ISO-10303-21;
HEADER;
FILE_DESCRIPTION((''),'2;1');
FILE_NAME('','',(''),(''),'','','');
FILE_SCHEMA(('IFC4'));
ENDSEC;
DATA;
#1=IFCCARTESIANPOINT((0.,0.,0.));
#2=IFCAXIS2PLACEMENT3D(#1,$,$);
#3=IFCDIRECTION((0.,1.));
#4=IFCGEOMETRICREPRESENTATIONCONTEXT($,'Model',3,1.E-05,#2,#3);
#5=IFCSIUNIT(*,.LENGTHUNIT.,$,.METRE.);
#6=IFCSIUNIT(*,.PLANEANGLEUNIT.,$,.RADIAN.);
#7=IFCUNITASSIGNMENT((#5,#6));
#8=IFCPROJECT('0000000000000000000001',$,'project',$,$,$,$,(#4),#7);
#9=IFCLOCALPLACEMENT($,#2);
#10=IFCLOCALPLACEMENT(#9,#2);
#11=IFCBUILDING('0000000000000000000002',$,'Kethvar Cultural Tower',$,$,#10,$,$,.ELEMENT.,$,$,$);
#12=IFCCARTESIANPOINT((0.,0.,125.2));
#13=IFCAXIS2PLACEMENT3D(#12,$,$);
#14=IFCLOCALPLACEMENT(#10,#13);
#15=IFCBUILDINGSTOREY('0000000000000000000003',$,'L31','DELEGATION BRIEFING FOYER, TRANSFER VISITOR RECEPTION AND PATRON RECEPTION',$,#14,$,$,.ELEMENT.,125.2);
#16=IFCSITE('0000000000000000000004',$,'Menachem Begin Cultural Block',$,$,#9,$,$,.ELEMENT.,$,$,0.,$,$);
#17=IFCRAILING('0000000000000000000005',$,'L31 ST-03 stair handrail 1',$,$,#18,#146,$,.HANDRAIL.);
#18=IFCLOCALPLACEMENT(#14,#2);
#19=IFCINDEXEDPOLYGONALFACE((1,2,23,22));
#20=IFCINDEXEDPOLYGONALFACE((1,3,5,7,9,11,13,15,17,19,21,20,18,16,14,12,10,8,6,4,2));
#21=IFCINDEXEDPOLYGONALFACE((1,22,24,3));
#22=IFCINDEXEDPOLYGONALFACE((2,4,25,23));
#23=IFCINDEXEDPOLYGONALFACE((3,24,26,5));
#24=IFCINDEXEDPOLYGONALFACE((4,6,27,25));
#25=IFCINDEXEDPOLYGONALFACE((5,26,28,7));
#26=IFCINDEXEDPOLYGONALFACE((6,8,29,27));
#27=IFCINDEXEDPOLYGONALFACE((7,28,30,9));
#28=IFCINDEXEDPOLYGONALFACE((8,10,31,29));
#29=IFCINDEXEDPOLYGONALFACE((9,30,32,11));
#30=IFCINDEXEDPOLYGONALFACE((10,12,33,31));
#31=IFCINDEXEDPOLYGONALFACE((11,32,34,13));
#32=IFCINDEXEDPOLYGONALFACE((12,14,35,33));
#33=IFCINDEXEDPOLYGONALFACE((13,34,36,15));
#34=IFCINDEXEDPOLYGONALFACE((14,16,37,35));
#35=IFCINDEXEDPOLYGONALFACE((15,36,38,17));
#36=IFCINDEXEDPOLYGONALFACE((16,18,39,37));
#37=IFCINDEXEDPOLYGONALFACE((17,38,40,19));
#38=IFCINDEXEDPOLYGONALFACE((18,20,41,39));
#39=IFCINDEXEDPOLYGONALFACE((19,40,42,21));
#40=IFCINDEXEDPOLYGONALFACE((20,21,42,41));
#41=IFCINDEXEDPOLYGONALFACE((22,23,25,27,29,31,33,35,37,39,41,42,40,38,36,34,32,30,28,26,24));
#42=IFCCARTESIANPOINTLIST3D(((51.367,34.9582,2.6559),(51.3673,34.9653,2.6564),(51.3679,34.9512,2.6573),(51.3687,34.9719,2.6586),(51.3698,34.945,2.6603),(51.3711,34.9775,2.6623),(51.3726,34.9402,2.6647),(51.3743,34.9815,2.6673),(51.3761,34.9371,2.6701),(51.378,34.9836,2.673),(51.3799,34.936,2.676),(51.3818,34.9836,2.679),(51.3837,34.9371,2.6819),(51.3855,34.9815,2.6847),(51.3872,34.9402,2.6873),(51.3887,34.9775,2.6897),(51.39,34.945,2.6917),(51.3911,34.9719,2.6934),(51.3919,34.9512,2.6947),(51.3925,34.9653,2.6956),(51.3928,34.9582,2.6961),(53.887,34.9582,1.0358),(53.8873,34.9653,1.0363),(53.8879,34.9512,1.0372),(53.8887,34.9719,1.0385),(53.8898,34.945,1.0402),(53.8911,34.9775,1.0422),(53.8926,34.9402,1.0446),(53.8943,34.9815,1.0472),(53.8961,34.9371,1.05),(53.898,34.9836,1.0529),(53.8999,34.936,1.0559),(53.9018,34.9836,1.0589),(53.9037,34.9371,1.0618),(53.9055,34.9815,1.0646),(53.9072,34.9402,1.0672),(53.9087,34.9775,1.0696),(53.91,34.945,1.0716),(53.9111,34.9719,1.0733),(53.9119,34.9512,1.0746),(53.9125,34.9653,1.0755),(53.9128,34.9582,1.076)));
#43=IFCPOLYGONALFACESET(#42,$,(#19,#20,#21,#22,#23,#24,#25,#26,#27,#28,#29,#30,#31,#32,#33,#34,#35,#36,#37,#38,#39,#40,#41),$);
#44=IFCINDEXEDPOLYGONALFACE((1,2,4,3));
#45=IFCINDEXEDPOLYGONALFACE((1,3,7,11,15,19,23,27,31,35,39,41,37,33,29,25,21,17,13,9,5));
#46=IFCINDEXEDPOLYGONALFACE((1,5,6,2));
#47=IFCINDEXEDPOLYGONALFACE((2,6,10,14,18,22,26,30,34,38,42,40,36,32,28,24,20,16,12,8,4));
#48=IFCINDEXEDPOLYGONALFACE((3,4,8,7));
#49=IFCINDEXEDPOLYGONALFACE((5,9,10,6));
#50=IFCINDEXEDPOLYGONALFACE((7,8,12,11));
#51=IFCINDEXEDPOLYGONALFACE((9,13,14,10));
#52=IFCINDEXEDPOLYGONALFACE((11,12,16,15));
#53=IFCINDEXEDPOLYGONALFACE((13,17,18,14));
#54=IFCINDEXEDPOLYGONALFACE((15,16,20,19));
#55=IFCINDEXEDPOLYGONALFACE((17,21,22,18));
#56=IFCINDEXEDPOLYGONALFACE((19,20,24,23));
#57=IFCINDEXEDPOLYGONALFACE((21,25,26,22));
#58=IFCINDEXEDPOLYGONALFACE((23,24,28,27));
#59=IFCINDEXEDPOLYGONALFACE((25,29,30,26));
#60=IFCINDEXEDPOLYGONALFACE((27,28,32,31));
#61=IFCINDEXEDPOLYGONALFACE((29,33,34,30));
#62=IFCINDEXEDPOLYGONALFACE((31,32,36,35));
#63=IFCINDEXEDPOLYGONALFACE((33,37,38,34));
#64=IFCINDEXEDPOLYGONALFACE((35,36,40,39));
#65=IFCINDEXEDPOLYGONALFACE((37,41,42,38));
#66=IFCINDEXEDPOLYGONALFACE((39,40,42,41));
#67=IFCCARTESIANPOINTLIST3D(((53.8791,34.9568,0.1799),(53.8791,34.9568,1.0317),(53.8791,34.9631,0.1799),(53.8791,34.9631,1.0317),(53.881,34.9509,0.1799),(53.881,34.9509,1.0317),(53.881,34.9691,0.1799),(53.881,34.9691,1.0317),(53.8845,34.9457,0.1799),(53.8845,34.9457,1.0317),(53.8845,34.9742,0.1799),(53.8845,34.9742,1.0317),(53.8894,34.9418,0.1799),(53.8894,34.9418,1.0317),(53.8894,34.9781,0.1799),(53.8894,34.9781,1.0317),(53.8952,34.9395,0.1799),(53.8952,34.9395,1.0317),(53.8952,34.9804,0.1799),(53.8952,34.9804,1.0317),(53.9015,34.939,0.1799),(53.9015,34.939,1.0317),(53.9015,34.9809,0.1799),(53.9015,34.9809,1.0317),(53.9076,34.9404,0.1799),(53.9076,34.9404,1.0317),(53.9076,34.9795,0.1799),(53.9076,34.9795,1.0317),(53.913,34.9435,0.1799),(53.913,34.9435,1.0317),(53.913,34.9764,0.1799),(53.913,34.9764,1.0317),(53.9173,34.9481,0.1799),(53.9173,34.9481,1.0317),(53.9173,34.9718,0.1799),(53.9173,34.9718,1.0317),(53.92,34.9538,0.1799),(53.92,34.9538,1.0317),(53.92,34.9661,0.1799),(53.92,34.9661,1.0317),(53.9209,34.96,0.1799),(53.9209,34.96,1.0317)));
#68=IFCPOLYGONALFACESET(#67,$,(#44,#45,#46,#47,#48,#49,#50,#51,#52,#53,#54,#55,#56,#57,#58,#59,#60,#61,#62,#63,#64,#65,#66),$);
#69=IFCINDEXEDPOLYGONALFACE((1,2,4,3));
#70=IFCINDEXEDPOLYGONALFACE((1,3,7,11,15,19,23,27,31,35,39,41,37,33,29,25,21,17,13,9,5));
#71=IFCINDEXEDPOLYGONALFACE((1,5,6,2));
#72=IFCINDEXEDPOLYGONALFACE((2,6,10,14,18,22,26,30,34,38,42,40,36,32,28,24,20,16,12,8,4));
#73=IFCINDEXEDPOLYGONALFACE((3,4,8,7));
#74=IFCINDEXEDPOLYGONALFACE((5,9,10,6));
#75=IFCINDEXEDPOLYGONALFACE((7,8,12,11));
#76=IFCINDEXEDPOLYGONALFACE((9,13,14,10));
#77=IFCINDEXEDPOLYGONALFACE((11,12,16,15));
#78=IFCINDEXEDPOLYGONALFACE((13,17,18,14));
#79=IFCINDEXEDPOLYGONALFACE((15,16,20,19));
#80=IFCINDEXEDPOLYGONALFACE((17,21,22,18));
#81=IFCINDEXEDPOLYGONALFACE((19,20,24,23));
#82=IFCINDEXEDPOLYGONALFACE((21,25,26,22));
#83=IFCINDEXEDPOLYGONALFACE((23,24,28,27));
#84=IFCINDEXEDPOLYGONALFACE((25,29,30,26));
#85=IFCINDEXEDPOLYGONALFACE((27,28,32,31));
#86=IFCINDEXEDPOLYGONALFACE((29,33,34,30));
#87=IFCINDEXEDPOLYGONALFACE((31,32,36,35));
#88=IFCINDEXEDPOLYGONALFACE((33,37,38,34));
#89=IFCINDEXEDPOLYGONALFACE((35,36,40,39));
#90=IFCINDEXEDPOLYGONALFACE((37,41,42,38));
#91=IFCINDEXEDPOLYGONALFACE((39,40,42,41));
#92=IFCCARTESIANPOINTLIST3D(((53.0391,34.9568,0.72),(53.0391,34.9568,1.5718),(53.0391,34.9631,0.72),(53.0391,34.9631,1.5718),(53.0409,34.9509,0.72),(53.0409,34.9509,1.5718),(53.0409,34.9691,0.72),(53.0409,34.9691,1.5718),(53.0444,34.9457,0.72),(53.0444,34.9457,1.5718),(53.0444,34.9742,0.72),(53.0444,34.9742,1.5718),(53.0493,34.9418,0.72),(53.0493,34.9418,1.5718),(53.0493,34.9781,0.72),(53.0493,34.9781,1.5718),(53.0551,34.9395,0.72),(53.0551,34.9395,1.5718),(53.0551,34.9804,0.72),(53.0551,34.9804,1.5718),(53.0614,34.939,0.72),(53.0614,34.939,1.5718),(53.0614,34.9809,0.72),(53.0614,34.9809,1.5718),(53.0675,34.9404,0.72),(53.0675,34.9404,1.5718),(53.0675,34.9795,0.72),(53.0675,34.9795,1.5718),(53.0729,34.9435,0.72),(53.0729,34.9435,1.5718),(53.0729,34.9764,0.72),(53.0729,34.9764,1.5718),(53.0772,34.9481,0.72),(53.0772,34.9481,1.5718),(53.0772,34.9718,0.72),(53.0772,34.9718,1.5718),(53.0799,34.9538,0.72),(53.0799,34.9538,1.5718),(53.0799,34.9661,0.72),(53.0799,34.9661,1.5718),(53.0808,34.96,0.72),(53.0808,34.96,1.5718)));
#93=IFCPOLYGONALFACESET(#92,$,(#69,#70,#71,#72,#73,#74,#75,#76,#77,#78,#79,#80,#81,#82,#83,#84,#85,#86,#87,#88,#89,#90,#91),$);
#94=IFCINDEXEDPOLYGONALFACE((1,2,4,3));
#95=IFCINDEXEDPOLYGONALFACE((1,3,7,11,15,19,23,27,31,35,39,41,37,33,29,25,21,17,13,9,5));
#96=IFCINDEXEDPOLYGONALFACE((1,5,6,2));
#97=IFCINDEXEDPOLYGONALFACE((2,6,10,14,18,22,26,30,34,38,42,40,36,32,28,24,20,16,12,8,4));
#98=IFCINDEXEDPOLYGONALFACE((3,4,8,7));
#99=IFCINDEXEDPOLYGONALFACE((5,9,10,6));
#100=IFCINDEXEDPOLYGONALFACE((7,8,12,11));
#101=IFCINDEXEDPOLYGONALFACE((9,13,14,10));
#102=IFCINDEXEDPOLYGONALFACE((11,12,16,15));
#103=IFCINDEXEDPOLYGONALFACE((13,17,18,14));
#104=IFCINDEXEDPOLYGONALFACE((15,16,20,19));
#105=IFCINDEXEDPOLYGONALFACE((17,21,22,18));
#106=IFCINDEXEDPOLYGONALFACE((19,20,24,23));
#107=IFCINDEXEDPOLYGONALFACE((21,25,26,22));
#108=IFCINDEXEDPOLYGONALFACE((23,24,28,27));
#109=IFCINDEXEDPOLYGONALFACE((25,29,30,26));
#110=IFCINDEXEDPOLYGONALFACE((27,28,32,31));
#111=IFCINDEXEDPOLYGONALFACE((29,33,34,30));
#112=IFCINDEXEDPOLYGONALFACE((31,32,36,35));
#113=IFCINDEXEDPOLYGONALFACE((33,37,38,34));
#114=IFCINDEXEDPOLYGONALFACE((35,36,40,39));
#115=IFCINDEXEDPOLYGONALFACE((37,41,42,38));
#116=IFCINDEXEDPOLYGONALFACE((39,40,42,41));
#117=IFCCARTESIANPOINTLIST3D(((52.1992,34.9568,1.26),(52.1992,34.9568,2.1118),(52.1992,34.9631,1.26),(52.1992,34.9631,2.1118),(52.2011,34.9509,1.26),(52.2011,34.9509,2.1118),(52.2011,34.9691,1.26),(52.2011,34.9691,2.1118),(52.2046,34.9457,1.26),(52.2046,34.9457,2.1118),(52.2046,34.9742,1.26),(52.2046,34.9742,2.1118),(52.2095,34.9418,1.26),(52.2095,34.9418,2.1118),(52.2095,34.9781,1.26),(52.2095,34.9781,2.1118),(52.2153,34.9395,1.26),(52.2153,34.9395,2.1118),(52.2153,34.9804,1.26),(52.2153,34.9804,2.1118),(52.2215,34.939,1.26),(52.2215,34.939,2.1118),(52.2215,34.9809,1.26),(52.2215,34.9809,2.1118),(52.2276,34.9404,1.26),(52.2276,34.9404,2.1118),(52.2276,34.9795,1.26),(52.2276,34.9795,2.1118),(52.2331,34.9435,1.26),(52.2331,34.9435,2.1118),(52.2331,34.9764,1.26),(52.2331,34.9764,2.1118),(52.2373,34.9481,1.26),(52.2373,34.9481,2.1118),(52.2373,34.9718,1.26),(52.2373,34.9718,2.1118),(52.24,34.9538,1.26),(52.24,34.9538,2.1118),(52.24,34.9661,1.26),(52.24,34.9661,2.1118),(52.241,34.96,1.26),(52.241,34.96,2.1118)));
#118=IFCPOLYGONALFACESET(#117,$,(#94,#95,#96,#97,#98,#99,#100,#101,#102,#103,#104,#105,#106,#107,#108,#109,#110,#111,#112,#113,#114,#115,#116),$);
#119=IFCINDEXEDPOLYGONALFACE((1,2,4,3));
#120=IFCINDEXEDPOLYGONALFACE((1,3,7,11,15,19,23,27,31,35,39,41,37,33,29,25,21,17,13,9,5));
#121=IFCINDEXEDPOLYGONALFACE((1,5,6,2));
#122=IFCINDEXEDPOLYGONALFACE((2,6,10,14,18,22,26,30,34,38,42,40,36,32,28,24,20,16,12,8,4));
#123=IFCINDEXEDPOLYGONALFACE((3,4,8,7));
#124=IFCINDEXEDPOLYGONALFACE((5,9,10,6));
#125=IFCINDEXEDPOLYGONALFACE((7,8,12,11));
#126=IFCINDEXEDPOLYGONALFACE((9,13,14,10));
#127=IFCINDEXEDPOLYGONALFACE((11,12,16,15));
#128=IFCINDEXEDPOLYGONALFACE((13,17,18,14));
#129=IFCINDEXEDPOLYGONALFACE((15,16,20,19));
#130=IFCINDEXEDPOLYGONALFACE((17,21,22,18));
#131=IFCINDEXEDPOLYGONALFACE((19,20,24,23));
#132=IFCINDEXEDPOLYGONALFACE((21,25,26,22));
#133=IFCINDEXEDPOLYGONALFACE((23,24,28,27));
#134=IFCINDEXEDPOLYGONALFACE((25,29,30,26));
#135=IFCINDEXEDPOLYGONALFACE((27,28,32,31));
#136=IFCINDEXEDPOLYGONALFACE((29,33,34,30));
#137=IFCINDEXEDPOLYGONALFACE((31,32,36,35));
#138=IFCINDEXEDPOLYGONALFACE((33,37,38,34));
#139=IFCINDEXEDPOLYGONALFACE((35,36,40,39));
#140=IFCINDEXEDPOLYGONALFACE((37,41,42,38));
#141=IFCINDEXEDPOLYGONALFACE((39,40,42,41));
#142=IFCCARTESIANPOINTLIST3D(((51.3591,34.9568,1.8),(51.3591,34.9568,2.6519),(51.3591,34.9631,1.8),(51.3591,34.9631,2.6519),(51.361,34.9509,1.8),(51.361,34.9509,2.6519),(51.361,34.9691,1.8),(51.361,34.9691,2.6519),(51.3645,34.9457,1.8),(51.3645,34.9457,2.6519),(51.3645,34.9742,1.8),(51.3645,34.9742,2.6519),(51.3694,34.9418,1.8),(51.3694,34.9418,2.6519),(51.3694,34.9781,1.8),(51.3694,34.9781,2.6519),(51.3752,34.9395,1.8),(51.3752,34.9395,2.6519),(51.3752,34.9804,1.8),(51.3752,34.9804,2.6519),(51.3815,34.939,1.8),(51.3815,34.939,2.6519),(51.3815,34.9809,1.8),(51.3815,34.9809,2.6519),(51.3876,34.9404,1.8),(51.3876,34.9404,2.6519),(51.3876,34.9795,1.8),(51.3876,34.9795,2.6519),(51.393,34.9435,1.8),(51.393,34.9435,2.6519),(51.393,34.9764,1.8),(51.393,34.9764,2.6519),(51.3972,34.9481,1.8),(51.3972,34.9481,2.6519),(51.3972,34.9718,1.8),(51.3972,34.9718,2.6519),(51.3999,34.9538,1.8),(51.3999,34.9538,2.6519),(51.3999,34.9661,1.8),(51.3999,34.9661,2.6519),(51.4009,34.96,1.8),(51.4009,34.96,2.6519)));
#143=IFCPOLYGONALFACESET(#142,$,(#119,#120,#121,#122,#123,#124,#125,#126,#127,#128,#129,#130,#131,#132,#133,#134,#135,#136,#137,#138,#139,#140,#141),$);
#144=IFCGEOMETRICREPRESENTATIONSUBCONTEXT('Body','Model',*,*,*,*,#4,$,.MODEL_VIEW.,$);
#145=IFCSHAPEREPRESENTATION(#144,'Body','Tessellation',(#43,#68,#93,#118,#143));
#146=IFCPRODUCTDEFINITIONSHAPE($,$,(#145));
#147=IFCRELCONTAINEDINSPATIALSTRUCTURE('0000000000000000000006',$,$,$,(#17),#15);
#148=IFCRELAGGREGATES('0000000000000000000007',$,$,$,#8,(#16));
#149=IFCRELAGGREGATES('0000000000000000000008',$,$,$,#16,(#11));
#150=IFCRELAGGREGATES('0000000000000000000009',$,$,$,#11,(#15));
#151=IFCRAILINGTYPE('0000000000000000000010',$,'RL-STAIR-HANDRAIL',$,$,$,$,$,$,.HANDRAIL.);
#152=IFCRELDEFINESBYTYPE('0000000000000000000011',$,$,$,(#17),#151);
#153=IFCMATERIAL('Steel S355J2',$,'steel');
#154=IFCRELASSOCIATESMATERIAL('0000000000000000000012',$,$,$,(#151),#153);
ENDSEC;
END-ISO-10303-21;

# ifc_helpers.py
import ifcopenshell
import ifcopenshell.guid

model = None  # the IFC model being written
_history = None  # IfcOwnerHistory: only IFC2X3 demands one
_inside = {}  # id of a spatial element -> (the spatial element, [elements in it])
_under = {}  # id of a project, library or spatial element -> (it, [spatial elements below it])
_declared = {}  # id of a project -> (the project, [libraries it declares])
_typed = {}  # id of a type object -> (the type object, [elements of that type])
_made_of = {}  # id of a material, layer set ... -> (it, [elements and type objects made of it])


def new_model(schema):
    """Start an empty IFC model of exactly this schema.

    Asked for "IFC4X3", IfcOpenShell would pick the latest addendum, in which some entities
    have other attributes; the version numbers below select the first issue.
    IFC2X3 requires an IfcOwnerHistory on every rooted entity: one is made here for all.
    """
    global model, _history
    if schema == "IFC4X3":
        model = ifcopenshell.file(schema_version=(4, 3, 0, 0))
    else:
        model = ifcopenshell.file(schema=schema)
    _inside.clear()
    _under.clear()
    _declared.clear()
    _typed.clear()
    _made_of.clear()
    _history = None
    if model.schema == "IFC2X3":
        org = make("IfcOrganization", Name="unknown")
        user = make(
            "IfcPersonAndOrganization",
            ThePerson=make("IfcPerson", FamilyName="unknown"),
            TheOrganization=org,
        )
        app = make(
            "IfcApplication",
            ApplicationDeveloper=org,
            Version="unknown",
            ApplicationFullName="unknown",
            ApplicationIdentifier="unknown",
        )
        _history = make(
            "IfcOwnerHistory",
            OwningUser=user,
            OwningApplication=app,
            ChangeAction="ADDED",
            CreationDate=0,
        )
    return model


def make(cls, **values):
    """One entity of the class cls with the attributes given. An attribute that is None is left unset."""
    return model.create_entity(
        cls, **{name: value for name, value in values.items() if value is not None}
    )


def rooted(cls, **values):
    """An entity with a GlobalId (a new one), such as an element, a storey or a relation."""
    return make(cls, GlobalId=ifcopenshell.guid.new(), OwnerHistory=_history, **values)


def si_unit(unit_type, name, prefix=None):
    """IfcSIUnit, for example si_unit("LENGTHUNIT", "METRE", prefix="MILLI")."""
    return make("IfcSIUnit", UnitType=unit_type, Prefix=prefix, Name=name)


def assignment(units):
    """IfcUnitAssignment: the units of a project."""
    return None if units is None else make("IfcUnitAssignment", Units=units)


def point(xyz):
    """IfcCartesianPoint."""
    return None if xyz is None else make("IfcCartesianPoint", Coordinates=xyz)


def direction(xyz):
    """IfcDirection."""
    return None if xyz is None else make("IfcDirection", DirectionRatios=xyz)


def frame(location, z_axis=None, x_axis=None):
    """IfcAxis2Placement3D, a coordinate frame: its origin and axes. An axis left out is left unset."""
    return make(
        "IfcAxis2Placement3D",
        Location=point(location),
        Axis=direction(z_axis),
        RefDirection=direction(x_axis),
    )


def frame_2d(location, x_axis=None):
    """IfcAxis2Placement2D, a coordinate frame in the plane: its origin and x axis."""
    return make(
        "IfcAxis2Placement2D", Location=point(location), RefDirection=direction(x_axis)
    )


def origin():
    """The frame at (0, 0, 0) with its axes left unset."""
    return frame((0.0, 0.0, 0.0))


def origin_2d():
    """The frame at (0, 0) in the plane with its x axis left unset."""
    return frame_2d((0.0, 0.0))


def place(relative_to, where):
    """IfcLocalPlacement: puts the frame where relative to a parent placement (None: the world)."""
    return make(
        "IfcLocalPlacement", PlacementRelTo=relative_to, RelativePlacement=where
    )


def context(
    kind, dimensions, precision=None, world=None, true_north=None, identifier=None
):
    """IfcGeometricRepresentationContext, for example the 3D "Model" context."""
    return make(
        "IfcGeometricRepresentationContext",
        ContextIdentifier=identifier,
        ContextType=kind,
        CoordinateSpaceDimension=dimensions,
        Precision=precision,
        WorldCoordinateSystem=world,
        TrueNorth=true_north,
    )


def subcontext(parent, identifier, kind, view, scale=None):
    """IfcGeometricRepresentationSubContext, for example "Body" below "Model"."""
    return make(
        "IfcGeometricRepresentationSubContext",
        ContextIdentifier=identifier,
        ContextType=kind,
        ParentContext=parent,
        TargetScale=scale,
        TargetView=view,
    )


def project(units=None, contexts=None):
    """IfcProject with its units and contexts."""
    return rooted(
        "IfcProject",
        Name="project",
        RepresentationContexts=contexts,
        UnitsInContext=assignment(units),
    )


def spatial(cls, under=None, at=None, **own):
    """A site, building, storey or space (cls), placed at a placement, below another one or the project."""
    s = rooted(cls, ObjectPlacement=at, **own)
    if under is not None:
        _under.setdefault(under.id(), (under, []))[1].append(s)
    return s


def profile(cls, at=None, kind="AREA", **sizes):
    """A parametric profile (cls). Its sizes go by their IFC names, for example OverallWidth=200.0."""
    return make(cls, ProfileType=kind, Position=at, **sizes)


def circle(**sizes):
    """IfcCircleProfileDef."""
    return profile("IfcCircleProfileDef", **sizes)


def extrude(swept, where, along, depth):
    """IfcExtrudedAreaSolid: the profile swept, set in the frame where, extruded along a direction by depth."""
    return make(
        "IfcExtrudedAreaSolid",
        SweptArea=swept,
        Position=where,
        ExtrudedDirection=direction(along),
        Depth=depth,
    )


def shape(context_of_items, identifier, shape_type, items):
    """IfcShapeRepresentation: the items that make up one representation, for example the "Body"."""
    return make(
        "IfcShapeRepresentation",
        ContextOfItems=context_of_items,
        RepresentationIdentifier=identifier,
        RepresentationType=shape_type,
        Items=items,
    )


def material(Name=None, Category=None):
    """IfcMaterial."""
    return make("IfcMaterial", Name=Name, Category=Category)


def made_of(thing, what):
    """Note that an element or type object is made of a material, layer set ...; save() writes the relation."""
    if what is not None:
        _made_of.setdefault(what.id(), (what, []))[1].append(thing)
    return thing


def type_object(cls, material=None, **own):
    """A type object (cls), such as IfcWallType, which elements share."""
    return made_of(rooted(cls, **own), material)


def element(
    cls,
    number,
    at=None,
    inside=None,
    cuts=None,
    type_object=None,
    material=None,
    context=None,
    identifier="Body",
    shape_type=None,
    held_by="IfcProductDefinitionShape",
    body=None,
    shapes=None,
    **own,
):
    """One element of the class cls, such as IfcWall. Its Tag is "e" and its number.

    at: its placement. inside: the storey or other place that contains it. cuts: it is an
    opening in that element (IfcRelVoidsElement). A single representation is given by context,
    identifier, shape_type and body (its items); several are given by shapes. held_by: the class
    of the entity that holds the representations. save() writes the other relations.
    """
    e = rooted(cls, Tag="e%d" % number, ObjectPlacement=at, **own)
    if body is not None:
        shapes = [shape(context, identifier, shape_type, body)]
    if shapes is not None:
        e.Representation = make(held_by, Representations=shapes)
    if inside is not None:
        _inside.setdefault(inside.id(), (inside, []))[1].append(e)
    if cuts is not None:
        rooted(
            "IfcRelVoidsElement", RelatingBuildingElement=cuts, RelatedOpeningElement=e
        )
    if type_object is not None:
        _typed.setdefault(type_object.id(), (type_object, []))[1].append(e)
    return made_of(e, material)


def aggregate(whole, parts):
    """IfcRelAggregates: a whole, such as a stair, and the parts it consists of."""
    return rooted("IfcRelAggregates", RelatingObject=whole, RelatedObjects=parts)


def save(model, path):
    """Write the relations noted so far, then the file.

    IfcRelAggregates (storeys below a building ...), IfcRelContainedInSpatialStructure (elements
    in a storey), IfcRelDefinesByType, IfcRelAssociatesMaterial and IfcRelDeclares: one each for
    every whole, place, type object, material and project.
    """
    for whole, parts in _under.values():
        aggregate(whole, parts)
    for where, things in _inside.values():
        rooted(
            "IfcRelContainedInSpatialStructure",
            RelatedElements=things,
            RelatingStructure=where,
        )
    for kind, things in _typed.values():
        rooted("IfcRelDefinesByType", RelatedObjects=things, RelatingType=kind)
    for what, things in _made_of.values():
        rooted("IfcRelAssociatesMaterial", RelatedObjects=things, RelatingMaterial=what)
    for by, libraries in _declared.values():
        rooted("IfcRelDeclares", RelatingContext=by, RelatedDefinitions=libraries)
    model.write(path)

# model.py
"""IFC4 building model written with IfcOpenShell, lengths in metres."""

from ifc_helpers import new_model, si_unit, direction, frame, origin, origin_2d, place, context, subcontext, project, spatial, circle, extrude, material, type_object, element, save


model = new_model("IFC4")

# Units and contexts
model_context = context("Model", 3, precision=1e-05, world=origin(), true_north=direction((0.0, 1.0)))
body_context = subcontext(model_context, "Body", "Model", "MODEL_VIEW")
ifc_project = project(units=[si_unit("LENGTHUNIT", "METRE"), si_unit("PLANEANGLEUNIT", "RADIAN")], contexts=[model_context])

# Site, building, storey
site_placement = place(None, origin())
site = spatial("IfcSite", under=ifc_project, at=site_placement, Name="Menachem Begin Cultural Block", CompositionType="ELEMENT", RefElevation=0.0)
building_placement = place(site_placement, origin())
building = spatial("IfcBuilding", under=site, at=building_placement, Name="Kethvar Cultural Tower", CompositionType="ELEMENT")
storey_placement = place(building_placement, frame((0.0, 0.0, 125.2)))
storey = spatial("IfcBuildingStorey", under=building, at=storey_placement, Name="L31", Description="DELEGATION BRIEFING FOYER, TRANSFER VISITOR RECEPTION AND PATRON RECEPTION", CompositionType="ELEMENT", Elevation=125.2)

# Shared definitions
ifc_material_1 = material(Name="Steel S355J2", Category="steel")

# Railing
railing_type_1 = type_object("IfcRailingType", Name="RL-STAIR-HANDRAIL", PredefinedType="HANDRAIL", material=ifc_material_1)
railing_1_placement = place(storey_placement, frame((53.8999, 34.96, 0.1799)))
element("IfcRailing", 1, at=railing_1_placement, inside=storey, type_object=railing_type_1, Name="L31 ST-03 stair handrail 1", PredefinedType="HANDRAIL", context=body_context, shape_type="SweptSolid", body=[
    extrude(circle(Radius=0.0239, at=origin_2d()), frame((0.0, 0.0, 0.876), z_axis=(-0.841163, 0.0, 0.540782), x_axis=(0.0, -1.0, 0.0)), (0.0, 0.0, 1.0), 2.9958),
    extrude(circle(Radius=0.021, at=origin_2d()), origin(), (0.0, 0.0, 1.0), 0.8518),
    extrude(circle(Radius=0.021, at=origin_2d()), frame((-0.8401, 0.0, 0.54)), (0.0, 0.0, 1.0), 0.8518),
    extrude(circle(Radius=0.021, at=origin_2d()), frame((-1.6799, 0.0, 1.0801)), (0.0, 0.0, 1.0), 0.8518),
    extrude(circle(Radius=0.021, at=origin_2d()), frame((-2.52, 0.0, 1.6201)), (0.0, 0.0, 1.0), 0.8518),
])

save(model, "model.ifc")
